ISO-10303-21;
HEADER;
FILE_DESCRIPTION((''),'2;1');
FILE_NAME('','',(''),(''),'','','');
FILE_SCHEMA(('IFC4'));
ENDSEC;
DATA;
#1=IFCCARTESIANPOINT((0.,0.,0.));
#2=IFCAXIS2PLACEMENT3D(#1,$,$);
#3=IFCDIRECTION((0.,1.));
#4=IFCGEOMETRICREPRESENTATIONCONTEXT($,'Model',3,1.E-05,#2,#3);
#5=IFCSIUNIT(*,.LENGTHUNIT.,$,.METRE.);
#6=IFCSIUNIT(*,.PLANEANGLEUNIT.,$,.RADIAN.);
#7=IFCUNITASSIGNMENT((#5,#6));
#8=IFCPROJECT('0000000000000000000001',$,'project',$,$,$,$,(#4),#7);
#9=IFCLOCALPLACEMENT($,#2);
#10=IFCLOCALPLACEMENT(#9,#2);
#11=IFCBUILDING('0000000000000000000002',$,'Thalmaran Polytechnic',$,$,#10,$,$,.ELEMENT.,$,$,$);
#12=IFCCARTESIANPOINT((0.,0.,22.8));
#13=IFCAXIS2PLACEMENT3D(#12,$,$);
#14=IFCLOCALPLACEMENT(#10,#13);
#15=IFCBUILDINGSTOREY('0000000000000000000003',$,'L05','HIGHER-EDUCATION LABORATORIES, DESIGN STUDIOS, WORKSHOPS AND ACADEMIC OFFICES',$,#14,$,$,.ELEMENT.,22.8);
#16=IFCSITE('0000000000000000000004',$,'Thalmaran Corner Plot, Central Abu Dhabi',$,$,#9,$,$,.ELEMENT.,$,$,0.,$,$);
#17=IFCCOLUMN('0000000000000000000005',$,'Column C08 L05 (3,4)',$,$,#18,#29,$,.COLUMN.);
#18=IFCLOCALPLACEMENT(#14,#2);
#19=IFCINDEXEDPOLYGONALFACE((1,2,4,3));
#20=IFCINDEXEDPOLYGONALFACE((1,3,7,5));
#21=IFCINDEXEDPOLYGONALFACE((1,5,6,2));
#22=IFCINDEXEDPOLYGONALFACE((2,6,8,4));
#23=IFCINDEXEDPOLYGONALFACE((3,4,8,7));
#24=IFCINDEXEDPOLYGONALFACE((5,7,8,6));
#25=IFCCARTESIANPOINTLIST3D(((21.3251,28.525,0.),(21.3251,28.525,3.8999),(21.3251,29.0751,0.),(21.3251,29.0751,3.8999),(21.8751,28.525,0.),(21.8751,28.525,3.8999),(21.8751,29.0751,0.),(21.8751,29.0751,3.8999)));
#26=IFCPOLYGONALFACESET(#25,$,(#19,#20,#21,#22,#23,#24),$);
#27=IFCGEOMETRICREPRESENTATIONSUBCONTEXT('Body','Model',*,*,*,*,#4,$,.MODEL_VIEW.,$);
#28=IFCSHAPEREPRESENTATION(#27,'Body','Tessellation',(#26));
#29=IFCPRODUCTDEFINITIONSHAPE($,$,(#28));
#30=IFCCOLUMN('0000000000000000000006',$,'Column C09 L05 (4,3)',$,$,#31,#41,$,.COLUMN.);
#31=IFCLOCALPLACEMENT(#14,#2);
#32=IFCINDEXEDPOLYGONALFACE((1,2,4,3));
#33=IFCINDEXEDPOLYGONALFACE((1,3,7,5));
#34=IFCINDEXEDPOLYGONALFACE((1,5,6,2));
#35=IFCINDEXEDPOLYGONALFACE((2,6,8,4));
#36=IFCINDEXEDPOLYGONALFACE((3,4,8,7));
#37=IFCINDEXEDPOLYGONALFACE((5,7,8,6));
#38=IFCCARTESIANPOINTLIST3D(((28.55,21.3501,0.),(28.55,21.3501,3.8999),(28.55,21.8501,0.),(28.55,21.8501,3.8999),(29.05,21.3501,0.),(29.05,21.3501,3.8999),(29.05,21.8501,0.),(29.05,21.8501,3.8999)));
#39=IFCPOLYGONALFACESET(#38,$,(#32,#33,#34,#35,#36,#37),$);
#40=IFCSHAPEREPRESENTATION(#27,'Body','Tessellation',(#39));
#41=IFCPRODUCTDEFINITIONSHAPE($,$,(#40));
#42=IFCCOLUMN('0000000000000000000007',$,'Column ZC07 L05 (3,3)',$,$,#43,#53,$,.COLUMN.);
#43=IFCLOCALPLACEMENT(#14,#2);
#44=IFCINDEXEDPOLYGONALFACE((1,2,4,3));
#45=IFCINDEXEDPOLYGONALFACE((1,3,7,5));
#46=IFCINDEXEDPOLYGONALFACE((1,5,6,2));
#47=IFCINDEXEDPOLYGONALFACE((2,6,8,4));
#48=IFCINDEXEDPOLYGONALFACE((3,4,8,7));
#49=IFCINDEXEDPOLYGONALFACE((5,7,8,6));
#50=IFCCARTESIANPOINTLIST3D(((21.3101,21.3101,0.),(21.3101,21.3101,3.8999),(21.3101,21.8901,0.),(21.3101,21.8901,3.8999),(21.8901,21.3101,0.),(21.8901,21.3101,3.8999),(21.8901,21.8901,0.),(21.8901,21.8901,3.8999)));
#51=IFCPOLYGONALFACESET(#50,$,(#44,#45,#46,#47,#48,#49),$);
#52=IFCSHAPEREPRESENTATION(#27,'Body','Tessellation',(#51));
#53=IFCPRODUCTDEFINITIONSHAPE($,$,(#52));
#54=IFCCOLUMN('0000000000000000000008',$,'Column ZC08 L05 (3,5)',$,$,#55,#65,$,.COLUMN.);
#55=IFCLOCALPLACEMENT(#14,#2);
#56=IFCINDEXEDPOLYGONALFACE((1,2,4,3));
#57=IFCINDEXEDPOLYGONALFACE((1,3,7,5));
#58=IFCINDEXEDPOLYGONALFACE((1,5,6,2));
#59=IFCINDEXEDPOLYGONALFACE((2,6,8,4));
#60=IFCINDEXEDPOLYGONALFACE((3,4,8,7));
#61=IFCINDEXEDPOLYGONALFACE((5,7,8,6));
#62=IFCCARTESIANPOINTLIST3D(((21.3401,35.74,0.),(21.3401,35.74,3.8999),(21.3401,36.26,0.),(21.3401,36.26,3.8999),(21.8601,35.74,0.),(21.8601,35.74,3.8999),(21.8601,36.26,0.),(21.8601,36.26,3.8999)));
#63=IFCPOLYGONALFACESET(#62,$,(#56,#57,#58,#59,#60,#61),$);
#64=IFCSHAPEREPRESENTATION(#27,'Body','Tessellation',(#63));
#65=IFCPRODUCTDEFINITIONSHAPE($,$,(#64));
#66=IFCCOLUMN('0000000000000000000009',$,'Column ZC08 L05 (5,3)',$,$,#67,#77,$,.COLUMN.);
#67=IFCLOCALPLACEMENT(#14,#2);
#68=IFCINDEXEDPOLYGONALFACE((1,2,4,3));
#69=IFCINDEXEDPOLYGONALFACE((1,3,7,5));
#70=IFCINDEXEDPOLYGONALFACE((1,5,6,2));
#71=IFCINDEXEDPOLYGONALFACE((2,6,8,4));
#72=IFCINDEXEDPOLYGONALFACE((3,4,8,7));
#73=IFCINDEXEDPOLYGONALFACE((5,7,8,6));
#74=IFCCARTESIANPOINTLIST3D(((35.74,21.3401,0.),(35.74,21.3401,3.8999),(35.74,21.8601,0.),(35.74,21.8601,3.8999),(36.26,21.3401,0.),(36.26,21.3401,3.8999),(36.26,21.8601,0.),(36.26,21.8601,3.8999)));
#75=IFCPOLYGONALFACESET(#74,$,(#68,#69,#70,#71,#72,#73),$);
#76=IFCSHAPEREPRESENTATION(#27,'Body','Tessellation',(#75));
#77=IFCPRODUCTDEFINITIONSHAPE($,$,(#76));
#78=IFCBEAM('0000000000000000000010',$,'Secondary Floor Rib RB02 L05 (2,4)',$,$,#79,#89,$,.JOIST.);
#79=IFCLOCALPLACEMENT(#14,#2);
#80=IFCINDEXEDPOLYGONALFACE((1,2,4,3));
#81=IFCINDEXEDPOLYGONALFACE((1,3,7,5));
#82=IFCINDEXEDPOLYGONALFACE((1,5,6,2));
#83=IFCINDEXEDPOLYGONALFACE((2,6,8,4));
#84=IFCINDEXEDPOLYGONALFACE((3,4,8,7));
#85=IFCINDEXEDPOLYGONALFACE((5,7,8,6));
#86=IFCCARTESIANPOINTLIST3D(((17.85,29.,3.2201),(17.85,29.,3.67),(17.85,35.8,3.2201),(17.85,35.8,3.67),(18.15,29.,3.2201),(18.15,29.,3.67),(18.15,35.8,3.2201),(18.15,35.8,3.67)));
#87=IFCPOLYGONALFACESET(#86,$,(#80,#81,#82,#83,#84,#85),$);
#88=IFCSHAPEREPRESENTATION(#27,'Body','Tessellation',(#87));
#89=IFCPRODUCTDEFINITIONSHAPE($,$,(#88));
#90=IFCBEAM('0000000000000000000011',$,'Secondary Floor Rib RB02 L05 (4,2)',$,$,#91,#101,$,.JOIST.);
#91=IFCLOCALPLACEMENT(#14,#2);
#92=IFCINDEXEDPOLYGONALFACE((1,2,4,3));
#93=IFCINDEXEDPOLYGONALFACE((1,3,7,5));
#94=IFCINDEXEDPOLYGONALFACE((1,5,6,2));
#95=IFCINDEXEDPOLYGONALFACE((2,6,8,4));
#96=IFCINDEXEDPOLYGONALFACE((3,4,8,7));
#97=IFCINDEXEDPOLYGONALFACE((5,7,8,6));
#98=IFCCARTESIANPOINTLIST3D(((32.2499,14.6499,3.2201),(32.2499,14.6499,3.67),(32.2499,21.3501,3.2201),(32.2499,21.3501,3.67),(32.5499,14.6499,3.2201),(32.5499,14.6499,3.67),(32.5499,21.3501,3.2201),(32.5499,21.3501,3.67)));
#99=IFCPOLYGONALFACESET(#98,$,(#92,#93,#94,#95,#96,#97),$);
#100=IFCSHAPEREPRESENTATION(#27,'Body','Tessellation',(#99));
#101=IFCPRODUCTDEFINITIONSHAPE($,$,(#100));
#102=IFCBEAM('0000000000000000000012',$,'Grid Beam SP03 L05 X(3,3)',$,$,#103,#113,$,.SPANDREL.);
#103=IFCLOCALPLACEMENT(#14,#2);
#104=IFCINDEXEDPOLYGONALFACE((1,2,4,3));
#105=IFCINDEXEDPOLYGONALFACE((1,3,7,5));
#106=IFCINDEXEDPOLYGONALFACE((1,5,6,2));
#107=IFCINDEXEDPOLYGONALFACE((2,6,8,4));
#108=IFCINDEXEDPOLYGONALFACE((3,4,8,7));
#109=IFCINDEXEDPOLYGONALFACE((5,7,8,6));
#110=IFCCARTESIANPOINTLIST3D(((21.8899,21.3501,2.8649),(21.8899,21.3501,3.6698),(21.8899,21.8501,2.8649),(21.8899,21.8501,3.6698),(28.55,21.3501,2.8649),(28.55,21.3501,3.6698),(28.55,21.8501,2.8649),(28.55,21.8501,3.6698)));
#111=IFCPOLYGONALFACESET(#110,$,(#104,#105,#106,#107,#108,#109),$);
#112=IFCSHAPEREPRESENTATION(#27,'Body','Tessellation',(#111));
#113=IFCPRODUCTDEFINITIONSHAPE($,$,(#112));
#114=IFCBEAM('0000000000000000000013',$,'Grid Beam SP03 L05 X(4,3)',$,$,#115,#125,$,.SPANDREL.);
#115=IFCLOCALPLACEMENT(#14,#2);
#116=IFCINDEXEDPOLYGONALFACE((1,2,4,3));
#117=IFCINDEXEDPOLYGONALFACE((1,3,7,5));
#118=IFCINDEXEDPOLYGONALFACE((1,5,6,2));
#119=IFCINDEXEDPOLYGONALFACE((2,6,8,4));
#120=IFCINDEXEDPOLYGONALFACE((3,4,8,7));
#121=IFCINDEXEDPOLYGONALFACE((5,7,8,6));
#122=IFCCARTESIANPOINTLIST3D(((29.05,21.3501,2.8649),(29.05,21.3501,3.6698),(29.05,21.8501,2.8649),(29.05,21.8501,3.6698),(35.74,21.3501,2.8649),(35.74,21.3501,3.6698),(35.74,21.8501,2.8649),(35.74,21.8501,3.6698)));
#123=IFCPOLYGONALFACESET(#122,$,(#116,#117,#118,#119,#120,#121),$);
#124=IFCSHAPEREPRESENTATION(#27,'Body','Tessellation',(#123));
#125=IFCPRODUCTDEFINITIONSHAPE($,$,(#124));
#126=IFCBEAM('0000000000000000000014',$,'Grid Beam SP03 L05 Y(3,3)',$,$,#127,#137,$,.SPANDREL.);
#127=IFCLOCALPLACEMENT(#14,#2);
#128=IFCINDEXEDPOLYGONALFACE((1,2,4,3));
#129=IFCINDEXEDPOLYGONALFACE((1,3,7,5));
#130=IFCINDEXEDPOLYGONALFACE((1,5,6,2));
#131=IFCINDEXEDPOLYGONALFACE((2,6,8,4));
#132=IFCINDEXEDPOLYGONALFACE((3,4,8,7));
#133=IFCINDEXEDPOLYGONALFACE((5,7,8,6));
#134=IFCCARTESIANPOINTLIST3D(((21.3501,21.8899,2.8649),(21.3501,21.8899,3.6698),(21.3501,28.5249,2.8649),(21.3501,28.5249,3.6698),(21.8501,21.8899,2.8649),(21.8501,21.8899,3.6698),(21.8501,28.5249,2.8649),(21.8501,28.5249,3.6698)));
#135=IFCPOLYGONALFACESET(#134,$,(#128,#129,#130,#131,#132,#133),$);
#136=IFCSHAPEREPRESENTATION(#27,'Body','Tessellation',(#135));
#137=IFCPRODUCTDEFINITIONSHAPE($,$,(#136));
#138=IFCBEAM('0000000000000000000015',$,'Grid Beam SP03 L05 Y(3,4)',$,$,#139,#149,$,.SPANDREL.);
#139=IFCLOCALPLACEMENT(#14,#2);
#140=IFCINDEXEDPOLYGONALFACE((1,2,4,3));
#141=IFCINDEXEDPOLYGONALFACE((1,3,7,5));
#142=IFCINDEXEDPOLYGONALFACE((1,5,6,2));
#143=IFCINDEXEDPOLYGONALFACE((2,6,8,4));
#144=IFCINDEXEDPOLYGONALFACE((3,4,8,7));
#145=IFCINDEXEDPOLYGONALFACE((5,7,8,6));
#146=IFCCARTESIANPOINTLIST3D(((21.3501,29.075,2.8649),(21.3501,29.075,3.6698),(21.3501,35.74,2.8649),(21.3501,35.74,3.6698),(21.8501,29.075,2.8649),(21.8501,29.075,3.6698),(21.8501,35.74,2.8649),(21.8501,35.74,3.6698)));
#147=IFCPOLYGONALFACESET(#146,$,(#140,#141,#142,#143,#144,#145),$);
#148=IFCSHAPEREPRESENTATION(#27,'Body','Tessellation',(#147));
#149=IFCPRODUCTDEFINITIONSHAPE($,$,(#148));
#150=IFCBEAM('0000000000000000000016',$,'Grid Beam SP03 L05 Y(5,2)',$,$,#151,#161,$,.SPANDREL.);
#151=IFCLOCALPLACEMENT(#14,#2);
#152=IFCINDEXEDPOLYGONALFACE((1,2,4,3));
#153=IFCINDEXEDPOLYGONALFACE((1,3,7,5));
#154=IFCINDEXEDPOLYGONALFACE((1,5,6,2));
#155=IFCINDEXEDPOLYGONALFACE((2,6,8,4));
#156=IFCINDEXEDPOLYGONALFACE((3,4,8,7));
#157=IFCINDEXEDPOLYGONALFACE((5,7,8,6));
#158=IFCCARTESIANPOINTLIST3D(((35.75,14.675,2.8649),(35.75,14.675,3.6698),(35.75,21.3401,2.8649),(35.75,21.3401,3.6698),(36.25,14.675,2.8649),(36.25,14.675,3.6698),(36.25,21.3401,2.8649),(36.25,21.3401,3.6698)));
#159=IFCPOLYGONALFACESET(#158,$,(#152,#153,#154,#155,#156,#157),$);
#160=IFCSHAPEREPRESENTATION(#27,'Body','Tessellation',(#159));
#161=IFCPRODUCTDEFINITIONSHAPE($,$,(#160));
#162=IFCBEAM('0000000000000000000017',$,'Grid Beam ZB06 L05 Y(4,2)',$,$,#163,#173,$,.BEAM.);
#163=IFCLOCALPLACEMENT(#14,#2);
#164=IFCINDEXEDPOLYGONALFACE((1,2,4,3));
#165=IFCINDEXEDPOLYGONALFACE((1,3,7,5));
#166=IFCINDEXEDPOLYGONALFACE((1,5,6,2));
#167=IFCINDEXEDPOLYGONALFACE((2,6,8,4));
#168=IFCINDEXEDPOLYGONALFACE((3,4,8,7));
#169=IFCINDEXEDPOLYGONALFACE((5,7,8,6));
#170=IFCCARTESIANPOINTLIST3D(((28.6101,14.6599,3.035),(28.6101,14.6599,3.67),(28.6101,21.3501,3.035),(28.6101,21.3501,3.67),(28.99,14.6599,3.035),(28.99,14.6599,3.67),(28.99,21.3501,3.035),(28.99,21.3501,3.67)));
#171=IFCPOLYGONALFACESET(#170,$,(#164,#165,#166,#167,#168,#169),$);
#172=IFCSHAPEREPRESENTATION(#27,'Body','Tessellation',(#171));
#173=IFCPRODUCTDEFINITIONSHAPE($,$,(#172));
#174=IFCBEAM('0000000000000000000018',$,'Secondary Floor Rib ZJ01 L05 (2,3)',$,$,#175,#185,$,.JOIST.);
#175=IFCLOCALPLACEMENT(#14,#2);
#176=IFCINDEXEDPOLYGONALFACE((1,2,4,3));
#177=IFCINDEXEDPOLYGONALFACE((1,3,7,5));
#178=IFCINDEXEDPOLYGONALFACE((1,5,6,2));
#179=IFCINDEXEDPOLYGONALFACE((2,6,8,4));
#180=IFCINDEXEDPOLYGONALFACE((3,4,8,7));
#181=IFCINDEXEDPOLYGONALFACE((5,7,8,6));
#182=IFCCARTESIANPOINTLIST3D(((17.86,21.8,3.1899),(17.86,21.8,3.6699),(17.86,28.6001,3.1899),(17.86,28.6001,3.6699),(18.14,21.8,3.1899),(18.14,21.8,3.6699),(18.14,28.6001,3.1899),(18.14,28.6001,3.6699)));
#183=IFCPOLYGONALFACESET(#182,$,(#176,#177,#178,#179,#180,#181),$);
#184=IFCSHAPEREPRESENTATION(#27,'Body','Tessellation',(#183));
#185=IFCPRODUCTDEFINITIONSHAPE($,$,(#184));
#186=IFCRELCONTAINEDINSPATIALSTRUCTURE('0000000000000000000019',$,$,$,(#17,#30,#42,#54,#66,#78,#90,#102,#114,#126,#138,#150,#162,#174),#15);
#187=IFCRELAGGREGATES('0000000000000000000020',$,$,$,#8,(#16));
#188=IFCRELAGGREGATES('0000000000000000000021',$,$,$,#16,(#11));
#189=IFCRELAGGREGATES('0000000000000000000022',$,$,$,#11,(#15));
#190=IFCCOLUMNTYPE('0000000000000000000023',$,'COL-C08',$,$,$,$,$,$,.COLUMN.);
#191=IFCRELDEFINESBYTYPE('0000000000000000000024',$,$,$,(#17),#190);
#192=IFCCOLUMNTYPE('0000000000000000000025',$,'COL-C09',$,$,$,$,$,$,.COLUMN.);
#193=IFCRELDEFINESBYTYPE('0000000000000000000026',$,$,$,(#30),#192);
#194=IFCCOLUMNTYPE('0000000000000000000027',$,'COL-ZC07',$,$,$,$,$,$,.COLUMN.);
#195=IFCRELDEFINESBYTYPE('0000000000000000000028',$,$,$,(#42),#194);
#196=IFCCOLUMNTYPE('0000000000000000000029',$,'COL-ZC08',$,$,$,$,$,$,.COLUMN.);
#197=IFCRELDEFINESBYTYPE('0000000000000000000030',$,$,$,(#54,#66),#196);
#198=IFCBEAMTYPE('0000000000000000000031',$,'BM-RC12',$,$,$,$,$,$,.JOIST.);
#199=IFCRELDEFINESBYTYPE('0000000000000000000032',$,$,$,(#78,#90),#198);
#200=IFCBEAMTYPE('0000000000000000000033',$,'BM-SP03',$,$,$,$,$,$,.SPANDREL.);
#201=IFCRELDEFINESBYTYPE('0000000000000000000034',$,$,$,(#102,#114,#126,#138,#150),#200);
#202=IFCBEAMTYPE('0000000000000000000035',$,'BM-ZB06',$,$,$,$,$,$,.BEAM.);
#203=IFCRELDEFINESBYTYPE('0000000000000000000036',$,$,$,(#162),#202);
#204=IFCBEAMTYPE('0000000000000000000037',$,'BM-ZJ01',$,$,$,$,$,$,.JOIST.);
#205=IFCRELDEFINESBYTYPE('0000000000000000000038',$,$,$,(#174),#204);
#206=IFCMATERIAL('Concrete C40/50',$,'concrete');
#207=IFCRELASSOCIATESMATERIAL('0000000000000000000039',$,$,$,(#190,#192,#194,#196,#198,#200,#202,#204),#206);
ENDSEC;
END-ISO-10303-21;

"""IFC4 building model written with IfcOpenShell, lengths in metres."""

from ifc_helpers import new_model, si_unit, direction, frame, origin, origin_2d, place, context, subcontext, project, spatial, rectangle, extrude, material, material_profile, profile_set, type_object, element, save


model = new_model("IFC4")

# Units and contexts
model_context = context("Model", 3, precision=1e-05, world=origin(), true_north=direction((0.0, 1.0)))
body_context = subcontext(model_context, "Body", "Model", "MODEL_VIEW")
ifc_project = project(units=[si_unit("LENGTHUNIT", "METRE"), si_unit("PLANEANGLEUNIT", "RADIAN")], contexts=[model_context])

# Site, building, storey
site_placement = place(None, origin())
site = spatial("IfcSite", under=ifc_project, at=site_placement, Name="Thalmaran Corner Plot, Central Abu Dhabi", CompositionType="ELEMENT", RefElevation=0.0)
building_placement = place(site_placement, origin())
building = spatial("IfcBuilding", under=site, at=building_placement, Name="Thalmaran Polytechnic", CompositionType="ELEMENT")
storey_placement = place(building_placement, frame((0.0, 0.0, 22.8)))
storey = spatial("IfcBuildingStorey", under=building, at=storey_placement, Name="L05", Description="HIGHER-EDUCATION LABORATORIES, DESIGN STUDIOS, WORKSHOPS AND ACADEMIC OFFICES", CompositionType="ELEMENT", Elevation=22.8)

# Columns
ifc_material_1 = material(Name="Concrete C40/50", Category="concrete")
ifc_material_profile_1 = material_profile(ifc_material_1, rectangle(XDim=0.55, YDim=0.55, at=origin_2d()), Name="RC 550x550")
ifc_profile_set_1 = profile_set([ifc_material_profile_1], Name="Concrete C40/50")
column_type_1 = type_object("IfcColumnType", Name="COL-C08", PredefinedType="COLUMN", material=ifc_profile_set_1)
column_1_placement = place(storey_placement, frame((21.6001, 28.8, 0.0), z_axis=(0.0, 0.0, 1.0), x_axis=(1.0, 0.0, 0.0)))
element("IfcColumn", 1, at=column_1_placement, inside=storey, type_object=column_type_1, Name="Column C08 L05 (3,4)", PredefinedType="COLUMN", context=body_context, shape_type="SweptSolid", body=[
    extrude(rectangle(XDim=0.55, YDim=0.55, at=origin_2d()), origin(), (0.0, 0.0, 1.0), 3.8999),
])
ifc_material_profile_2 = material_profile(ifc_material_1, rectangle(XDim=0.5, YDim=0.5, at=origin_2d()), Name="RC 500x500")
ifc_profile_set_2 = profile_set([ifc_material_profile_2], Name="Concrete C40/50")
column_type_2 = type_object("IfcColumnType", Name="COL-C09", PredefinedType="COLUMN", material=ifc_profile_set_2)
column_2_placement = place(storey_placement, frame((28.8, 21.6001, 0.0), z_axis=(0.0, 0.0, 1.0), x_axis=(1.0, 0.0, 0.0)))
element("IfcColumn", 2, at=column_2_placement, inside=storey, type_object=column_type_2, Name="Column C09 L05 (4,3)", PredefinedType="COLUMN", context=body_context, shape_type="SweptSolid", body=[
    extrude(rectangle(XDim=0.5, YDim=0.5, at=origin_2d()), origin(), (0.0, 0.0, 1.0), 3.8999),
])
ifc_material_profile_3 = material_profile(ifc_material_1, rectangle(XDim=0.5801, YDim=0.5801, at=origin_2d()), Name="RC 580x580")
ifc_profile_set_3 = profile_set([ifc_material_profile_3], Name="Concrete C40/50")
column_type_3 = type_object("IfcColumnType", Name="COL-ZC07", PredefinedType="COLUMN", material=ifc_profile_set_3)
column_3_placement = place(storey_placement, frame((21.6001, 21.6001, 0.0), z_axis=(0.0, 0.0, 1.0), x_axis=(1.0, 0.0, 0.0)))
element("IfcColumn", 3, at=column_3_placement, inside=storey, type_object=column_type_3, Name="Column ZC07 L05 (3,3)", PredefinedType="COLUMN", context=body_context, shape_type="SweptSolid", body=[
    extrude(rectangle(XDim=0.5801, YDim=0.5801, at=origin_2d()), origin(), (0.0, 0.0, 1.0), 3.8999),
])
ifc_material_profile_4 = material_profile(ifc_material_1, rectangle(XDim=0.52, YDim=0.52, at=origin_2d()), Name="RC 520x520")
ifc_profile_set_4 = profile_set([ifc_material_profile_4], Name="Concrete C40/50")
column_type_4 = type_object("IfcColumnType", Name="COL-ZC08", PredefinedType="COLUMN", material=ifc_profile_set_4)
for number, where, z_axis, x_axis, name in (
    (4, (21.6001, 36.0, 0.0), (0.0, 0.0, 1.0), (1.0, 0.0, 0.0), "Column ZC08 L05 (3,5)"),
    (5, (36.0, 21.6001, 0.0), (0.0, 0.0, 1.0), (1.0, 0.0, 0.0), "Column ZC08 L05 (5,3)"),
):
    element("IfcColumn", number, at=place(storey_placement, frame(where, z_axis=z_axis, x_axis=x_axis)), inside=storey, type_object=column_type_4, Name=name, PredefinedType="COLUMN", context=body_context, shape_type="SweptSolid", body=[
        extrude(rectangle(XDim=0.52, YDim=0.52, at=origin_2d()), origin(), (0.0, 0.0, 1.0), 3.8999),
    ])

# Beams
ifc_material_profile_5 = material_profile(ifc_material_1, rectangle(XDim=0.3, YDim=0.45, at=origin_2d()), Name="RC 300x450")
ifc_profile_set_5 = profile_set([ifc_material_profile_5], Name="Concrete C40/50")
beam_type_1 = type_object("IfcBeamType", Name="BM-RC12", PredefinedType="JOIST", material=ifc_profile_set_5)
beam_1_placement = place(storey_placement, frame((18.0, 29.0, 3.4451), z_axis=(0.0, 1.0, 0.0), x_axis=(-1.0, 0.0, 0.0)))
element("IfcBeam", 6, at=beam_1_placement, inside=storey, type_object=beam_type_1, Name="Secondary Floor Rib RB02 L05 (2,4)", PredefinedType="JOIST", context=body_context, shape_type="SweptSolid", body=[
    extrude(rectangle(XDim=0.3, YDim=0.45, at=origin_2d()), origin(), (0.0, 0.0, 1.0), 6.8),
])
beam_2_placement = place(storey_placement, frame((32.3999, 14.6499, 3.4451), z_axis=(0.0, 1.0, 0.0), x_axis=(-1.0, 0.0, 0.0)))
element("IfcBeam", 7, at=beam_2_placement, inside=storey, type_object=beam_type_1, Name="Secondary Floor Rib RB02 L05 (4,2)", PredefinedType="JOIST", context=body_context, shape_type="SweptSolid", body=[
    extrude(rectangle(XDim=0.3, YDim=0.45, at=origin_2d()), origin(), (0.0, 0.0, 1.0), 6.7002),
])
ifc_material_profile_6 = material_profile(ifc_material_1, rectangle(XDim=0.5, YDim=0.8049, at=origin_2d()), Name="RC 500x805")
ifc_profile_set_6 = profile_set([ifc_material_profile_6], Name="Concrete C40/50")
beam_type_2 = type_object("IfcBeamType", Name="BM-SP03", PredefinedType="SPANDREL", material=ifc_profile_set_6)
beam_3_placement = place(storey_placement, frame((21.8899, 21.6001, 3.2673), z_axis=(1.0, 0.0, 0.0), x_axis=(0.0, 1.0, 0.0)))
element("IfcBeam", 8, at=beam_3_placement, inside=storey, type_object=beam_type_2, Name="Grid Beam SP03 L05 X(3,3)", PredefinedType="SPANDREL", context=body_context, shape_type="SweptSolid", body=[
    extrude(rectangle(XDim=0.5, YDim=0.8049, at=origin_2d()), origin(), (0.0, 0.0, 1.0), 6.6602),
])
beam_4_placement = place(storey_placement, frame((29.05, 21.6001, 3.2673), z_axis=(1.0, 0.0, 0.0), x_axis=(0.0, 1.0, 0.0)))
element("IfcBeam", 9, at=beam_4_placement, inside=storey, type_object=beam_type_2, Name="Grid Beam SP03 L05 X(4,3)", PredefinedType="SPANDREL", context=body_context, shape_type="SweptSolid", body=[
    extrude(rectangle(XDim=0.5, YDim=0.8049, at=origin_2d()), origin(), (0.0, 0.0, 1.0), 6.6899),
])
beam_5_placement = place(storey_placement, frame((21.6001, 21.8899, 3.2673), z_axis=(0.0, 1.0, 0.0), x_axis=(-1.0, 0.0, 0.0)))
element("IfcBeam", 10, at=beam_5_placement, inside=storey, type_object=beam_type_2, Name="Grid Beam SP03 L05 Y(3,3)", PredefinedType="SPANDREL", context=body_context, shape_type="SweptSolid", body=[
    extrude(rectangle(XDim=0.5, YDim=0.8049, at=origin_2d()), origin(), (0.0, 0.0, 1.0), 6.635),
])
for number, where, z_axis, x_axis, name in (
    (11, (21.6001, 29.075, 3.2673), (0.0, 1.0, 0.0), (-1.0, 0.0, 0.0), "Grid Beam SP03 L05 Y(3,4)"),
    (12, (36.0, 14.675, 3.2673), (0.0, 1.0, 0.0), (-1.0, 0.0, 0.0), "Grid Beam SP03 L05 Y(5,2)"),
):
    element("IfcBeam", number, at=place(storey_placement, frame(where, z_axis=z_axis, x_axis=x_axis)), inside=storey, type_object=beam_type_2, Name=name, PredefinedType="SPANDREL", context=body_context, shape_type="SweptSolid", body=[
        extrude(rectangle(XDim=0.5, YDim=0.8049, at=origin_2d()), origin(), (0.0, 0.0, 1.0), 6.665),
    ])
ifc_material_profile_7 = material_profile(ifc_material_1, rectangle(XDim=0.3799, YDim=0.635, at=origin_2d()), Name="RC 380x635")
ifc_profile_set_7 = profile_set([ifc_material_profile_7], Name="Concrete C40/50")
beam_type_3 = type_object("IfcBeamType", Name="BM-ZB06", PredefinedType="BEAM", material=ifc_profile_set_7)
beam_6_placement = place(storey_placement, frame((28.8, 14.6599, 3.3525), z_axis=(0.0, 1.0, 0.0), x_axis=(-1.0, 0.0, 0.0)))
element("IfcBeam", 13, at=beam_6_placement, inside=storey, type_object=beam_type_3, Name="Grid Beam ZB06 L05 Y(4,2)", PredefinedType="BEAM", context=body_context, shape_type="SweptSolid", body=[
    extrude(rectangle(XDim=0.3799, YDim=0.635, at=origin_2d()), origin(), (0.0, 0.0, 1.0), 6.6902),
])
ifc_material_profile_8 = material_profile(ifc_material_1, rectangle(XDim=0.28, YDim=0.48, at=origin_2d()), Name="RC 280x480")
ifc_profile_set_8 = profile_set([ifc_material_profile_8], Name="Concrete C40/50")
beam_type_4 = type_object("IfcBeamType", Name="BM-ZJ01", PredefinedType="JOIST", material=ifc_profile_set_8)
beam_7_placement = place(storey_placement, frame((18.0, 21.8, 3.4299), z_axis=(0.0, 1.0, 0.0), x_axis=(-1.0, 0.0, 0.0)))
element("IfcBeam", 14, at=beam_7_placement, inside=storey, type_object=beam_type_4, Name="Secondary Floor Rib ZJ01 L05 (2,3)", PredefinedType="JOIST", context=body_context, shape_type="SweptSolid", body=[
    extrude(rectangle(XDim=0.28, YDim=0.48, at=origin_2d()), origin(), (0.0, 0.0, 1.0), 6.8),
])

save(model, "model.ifc")
